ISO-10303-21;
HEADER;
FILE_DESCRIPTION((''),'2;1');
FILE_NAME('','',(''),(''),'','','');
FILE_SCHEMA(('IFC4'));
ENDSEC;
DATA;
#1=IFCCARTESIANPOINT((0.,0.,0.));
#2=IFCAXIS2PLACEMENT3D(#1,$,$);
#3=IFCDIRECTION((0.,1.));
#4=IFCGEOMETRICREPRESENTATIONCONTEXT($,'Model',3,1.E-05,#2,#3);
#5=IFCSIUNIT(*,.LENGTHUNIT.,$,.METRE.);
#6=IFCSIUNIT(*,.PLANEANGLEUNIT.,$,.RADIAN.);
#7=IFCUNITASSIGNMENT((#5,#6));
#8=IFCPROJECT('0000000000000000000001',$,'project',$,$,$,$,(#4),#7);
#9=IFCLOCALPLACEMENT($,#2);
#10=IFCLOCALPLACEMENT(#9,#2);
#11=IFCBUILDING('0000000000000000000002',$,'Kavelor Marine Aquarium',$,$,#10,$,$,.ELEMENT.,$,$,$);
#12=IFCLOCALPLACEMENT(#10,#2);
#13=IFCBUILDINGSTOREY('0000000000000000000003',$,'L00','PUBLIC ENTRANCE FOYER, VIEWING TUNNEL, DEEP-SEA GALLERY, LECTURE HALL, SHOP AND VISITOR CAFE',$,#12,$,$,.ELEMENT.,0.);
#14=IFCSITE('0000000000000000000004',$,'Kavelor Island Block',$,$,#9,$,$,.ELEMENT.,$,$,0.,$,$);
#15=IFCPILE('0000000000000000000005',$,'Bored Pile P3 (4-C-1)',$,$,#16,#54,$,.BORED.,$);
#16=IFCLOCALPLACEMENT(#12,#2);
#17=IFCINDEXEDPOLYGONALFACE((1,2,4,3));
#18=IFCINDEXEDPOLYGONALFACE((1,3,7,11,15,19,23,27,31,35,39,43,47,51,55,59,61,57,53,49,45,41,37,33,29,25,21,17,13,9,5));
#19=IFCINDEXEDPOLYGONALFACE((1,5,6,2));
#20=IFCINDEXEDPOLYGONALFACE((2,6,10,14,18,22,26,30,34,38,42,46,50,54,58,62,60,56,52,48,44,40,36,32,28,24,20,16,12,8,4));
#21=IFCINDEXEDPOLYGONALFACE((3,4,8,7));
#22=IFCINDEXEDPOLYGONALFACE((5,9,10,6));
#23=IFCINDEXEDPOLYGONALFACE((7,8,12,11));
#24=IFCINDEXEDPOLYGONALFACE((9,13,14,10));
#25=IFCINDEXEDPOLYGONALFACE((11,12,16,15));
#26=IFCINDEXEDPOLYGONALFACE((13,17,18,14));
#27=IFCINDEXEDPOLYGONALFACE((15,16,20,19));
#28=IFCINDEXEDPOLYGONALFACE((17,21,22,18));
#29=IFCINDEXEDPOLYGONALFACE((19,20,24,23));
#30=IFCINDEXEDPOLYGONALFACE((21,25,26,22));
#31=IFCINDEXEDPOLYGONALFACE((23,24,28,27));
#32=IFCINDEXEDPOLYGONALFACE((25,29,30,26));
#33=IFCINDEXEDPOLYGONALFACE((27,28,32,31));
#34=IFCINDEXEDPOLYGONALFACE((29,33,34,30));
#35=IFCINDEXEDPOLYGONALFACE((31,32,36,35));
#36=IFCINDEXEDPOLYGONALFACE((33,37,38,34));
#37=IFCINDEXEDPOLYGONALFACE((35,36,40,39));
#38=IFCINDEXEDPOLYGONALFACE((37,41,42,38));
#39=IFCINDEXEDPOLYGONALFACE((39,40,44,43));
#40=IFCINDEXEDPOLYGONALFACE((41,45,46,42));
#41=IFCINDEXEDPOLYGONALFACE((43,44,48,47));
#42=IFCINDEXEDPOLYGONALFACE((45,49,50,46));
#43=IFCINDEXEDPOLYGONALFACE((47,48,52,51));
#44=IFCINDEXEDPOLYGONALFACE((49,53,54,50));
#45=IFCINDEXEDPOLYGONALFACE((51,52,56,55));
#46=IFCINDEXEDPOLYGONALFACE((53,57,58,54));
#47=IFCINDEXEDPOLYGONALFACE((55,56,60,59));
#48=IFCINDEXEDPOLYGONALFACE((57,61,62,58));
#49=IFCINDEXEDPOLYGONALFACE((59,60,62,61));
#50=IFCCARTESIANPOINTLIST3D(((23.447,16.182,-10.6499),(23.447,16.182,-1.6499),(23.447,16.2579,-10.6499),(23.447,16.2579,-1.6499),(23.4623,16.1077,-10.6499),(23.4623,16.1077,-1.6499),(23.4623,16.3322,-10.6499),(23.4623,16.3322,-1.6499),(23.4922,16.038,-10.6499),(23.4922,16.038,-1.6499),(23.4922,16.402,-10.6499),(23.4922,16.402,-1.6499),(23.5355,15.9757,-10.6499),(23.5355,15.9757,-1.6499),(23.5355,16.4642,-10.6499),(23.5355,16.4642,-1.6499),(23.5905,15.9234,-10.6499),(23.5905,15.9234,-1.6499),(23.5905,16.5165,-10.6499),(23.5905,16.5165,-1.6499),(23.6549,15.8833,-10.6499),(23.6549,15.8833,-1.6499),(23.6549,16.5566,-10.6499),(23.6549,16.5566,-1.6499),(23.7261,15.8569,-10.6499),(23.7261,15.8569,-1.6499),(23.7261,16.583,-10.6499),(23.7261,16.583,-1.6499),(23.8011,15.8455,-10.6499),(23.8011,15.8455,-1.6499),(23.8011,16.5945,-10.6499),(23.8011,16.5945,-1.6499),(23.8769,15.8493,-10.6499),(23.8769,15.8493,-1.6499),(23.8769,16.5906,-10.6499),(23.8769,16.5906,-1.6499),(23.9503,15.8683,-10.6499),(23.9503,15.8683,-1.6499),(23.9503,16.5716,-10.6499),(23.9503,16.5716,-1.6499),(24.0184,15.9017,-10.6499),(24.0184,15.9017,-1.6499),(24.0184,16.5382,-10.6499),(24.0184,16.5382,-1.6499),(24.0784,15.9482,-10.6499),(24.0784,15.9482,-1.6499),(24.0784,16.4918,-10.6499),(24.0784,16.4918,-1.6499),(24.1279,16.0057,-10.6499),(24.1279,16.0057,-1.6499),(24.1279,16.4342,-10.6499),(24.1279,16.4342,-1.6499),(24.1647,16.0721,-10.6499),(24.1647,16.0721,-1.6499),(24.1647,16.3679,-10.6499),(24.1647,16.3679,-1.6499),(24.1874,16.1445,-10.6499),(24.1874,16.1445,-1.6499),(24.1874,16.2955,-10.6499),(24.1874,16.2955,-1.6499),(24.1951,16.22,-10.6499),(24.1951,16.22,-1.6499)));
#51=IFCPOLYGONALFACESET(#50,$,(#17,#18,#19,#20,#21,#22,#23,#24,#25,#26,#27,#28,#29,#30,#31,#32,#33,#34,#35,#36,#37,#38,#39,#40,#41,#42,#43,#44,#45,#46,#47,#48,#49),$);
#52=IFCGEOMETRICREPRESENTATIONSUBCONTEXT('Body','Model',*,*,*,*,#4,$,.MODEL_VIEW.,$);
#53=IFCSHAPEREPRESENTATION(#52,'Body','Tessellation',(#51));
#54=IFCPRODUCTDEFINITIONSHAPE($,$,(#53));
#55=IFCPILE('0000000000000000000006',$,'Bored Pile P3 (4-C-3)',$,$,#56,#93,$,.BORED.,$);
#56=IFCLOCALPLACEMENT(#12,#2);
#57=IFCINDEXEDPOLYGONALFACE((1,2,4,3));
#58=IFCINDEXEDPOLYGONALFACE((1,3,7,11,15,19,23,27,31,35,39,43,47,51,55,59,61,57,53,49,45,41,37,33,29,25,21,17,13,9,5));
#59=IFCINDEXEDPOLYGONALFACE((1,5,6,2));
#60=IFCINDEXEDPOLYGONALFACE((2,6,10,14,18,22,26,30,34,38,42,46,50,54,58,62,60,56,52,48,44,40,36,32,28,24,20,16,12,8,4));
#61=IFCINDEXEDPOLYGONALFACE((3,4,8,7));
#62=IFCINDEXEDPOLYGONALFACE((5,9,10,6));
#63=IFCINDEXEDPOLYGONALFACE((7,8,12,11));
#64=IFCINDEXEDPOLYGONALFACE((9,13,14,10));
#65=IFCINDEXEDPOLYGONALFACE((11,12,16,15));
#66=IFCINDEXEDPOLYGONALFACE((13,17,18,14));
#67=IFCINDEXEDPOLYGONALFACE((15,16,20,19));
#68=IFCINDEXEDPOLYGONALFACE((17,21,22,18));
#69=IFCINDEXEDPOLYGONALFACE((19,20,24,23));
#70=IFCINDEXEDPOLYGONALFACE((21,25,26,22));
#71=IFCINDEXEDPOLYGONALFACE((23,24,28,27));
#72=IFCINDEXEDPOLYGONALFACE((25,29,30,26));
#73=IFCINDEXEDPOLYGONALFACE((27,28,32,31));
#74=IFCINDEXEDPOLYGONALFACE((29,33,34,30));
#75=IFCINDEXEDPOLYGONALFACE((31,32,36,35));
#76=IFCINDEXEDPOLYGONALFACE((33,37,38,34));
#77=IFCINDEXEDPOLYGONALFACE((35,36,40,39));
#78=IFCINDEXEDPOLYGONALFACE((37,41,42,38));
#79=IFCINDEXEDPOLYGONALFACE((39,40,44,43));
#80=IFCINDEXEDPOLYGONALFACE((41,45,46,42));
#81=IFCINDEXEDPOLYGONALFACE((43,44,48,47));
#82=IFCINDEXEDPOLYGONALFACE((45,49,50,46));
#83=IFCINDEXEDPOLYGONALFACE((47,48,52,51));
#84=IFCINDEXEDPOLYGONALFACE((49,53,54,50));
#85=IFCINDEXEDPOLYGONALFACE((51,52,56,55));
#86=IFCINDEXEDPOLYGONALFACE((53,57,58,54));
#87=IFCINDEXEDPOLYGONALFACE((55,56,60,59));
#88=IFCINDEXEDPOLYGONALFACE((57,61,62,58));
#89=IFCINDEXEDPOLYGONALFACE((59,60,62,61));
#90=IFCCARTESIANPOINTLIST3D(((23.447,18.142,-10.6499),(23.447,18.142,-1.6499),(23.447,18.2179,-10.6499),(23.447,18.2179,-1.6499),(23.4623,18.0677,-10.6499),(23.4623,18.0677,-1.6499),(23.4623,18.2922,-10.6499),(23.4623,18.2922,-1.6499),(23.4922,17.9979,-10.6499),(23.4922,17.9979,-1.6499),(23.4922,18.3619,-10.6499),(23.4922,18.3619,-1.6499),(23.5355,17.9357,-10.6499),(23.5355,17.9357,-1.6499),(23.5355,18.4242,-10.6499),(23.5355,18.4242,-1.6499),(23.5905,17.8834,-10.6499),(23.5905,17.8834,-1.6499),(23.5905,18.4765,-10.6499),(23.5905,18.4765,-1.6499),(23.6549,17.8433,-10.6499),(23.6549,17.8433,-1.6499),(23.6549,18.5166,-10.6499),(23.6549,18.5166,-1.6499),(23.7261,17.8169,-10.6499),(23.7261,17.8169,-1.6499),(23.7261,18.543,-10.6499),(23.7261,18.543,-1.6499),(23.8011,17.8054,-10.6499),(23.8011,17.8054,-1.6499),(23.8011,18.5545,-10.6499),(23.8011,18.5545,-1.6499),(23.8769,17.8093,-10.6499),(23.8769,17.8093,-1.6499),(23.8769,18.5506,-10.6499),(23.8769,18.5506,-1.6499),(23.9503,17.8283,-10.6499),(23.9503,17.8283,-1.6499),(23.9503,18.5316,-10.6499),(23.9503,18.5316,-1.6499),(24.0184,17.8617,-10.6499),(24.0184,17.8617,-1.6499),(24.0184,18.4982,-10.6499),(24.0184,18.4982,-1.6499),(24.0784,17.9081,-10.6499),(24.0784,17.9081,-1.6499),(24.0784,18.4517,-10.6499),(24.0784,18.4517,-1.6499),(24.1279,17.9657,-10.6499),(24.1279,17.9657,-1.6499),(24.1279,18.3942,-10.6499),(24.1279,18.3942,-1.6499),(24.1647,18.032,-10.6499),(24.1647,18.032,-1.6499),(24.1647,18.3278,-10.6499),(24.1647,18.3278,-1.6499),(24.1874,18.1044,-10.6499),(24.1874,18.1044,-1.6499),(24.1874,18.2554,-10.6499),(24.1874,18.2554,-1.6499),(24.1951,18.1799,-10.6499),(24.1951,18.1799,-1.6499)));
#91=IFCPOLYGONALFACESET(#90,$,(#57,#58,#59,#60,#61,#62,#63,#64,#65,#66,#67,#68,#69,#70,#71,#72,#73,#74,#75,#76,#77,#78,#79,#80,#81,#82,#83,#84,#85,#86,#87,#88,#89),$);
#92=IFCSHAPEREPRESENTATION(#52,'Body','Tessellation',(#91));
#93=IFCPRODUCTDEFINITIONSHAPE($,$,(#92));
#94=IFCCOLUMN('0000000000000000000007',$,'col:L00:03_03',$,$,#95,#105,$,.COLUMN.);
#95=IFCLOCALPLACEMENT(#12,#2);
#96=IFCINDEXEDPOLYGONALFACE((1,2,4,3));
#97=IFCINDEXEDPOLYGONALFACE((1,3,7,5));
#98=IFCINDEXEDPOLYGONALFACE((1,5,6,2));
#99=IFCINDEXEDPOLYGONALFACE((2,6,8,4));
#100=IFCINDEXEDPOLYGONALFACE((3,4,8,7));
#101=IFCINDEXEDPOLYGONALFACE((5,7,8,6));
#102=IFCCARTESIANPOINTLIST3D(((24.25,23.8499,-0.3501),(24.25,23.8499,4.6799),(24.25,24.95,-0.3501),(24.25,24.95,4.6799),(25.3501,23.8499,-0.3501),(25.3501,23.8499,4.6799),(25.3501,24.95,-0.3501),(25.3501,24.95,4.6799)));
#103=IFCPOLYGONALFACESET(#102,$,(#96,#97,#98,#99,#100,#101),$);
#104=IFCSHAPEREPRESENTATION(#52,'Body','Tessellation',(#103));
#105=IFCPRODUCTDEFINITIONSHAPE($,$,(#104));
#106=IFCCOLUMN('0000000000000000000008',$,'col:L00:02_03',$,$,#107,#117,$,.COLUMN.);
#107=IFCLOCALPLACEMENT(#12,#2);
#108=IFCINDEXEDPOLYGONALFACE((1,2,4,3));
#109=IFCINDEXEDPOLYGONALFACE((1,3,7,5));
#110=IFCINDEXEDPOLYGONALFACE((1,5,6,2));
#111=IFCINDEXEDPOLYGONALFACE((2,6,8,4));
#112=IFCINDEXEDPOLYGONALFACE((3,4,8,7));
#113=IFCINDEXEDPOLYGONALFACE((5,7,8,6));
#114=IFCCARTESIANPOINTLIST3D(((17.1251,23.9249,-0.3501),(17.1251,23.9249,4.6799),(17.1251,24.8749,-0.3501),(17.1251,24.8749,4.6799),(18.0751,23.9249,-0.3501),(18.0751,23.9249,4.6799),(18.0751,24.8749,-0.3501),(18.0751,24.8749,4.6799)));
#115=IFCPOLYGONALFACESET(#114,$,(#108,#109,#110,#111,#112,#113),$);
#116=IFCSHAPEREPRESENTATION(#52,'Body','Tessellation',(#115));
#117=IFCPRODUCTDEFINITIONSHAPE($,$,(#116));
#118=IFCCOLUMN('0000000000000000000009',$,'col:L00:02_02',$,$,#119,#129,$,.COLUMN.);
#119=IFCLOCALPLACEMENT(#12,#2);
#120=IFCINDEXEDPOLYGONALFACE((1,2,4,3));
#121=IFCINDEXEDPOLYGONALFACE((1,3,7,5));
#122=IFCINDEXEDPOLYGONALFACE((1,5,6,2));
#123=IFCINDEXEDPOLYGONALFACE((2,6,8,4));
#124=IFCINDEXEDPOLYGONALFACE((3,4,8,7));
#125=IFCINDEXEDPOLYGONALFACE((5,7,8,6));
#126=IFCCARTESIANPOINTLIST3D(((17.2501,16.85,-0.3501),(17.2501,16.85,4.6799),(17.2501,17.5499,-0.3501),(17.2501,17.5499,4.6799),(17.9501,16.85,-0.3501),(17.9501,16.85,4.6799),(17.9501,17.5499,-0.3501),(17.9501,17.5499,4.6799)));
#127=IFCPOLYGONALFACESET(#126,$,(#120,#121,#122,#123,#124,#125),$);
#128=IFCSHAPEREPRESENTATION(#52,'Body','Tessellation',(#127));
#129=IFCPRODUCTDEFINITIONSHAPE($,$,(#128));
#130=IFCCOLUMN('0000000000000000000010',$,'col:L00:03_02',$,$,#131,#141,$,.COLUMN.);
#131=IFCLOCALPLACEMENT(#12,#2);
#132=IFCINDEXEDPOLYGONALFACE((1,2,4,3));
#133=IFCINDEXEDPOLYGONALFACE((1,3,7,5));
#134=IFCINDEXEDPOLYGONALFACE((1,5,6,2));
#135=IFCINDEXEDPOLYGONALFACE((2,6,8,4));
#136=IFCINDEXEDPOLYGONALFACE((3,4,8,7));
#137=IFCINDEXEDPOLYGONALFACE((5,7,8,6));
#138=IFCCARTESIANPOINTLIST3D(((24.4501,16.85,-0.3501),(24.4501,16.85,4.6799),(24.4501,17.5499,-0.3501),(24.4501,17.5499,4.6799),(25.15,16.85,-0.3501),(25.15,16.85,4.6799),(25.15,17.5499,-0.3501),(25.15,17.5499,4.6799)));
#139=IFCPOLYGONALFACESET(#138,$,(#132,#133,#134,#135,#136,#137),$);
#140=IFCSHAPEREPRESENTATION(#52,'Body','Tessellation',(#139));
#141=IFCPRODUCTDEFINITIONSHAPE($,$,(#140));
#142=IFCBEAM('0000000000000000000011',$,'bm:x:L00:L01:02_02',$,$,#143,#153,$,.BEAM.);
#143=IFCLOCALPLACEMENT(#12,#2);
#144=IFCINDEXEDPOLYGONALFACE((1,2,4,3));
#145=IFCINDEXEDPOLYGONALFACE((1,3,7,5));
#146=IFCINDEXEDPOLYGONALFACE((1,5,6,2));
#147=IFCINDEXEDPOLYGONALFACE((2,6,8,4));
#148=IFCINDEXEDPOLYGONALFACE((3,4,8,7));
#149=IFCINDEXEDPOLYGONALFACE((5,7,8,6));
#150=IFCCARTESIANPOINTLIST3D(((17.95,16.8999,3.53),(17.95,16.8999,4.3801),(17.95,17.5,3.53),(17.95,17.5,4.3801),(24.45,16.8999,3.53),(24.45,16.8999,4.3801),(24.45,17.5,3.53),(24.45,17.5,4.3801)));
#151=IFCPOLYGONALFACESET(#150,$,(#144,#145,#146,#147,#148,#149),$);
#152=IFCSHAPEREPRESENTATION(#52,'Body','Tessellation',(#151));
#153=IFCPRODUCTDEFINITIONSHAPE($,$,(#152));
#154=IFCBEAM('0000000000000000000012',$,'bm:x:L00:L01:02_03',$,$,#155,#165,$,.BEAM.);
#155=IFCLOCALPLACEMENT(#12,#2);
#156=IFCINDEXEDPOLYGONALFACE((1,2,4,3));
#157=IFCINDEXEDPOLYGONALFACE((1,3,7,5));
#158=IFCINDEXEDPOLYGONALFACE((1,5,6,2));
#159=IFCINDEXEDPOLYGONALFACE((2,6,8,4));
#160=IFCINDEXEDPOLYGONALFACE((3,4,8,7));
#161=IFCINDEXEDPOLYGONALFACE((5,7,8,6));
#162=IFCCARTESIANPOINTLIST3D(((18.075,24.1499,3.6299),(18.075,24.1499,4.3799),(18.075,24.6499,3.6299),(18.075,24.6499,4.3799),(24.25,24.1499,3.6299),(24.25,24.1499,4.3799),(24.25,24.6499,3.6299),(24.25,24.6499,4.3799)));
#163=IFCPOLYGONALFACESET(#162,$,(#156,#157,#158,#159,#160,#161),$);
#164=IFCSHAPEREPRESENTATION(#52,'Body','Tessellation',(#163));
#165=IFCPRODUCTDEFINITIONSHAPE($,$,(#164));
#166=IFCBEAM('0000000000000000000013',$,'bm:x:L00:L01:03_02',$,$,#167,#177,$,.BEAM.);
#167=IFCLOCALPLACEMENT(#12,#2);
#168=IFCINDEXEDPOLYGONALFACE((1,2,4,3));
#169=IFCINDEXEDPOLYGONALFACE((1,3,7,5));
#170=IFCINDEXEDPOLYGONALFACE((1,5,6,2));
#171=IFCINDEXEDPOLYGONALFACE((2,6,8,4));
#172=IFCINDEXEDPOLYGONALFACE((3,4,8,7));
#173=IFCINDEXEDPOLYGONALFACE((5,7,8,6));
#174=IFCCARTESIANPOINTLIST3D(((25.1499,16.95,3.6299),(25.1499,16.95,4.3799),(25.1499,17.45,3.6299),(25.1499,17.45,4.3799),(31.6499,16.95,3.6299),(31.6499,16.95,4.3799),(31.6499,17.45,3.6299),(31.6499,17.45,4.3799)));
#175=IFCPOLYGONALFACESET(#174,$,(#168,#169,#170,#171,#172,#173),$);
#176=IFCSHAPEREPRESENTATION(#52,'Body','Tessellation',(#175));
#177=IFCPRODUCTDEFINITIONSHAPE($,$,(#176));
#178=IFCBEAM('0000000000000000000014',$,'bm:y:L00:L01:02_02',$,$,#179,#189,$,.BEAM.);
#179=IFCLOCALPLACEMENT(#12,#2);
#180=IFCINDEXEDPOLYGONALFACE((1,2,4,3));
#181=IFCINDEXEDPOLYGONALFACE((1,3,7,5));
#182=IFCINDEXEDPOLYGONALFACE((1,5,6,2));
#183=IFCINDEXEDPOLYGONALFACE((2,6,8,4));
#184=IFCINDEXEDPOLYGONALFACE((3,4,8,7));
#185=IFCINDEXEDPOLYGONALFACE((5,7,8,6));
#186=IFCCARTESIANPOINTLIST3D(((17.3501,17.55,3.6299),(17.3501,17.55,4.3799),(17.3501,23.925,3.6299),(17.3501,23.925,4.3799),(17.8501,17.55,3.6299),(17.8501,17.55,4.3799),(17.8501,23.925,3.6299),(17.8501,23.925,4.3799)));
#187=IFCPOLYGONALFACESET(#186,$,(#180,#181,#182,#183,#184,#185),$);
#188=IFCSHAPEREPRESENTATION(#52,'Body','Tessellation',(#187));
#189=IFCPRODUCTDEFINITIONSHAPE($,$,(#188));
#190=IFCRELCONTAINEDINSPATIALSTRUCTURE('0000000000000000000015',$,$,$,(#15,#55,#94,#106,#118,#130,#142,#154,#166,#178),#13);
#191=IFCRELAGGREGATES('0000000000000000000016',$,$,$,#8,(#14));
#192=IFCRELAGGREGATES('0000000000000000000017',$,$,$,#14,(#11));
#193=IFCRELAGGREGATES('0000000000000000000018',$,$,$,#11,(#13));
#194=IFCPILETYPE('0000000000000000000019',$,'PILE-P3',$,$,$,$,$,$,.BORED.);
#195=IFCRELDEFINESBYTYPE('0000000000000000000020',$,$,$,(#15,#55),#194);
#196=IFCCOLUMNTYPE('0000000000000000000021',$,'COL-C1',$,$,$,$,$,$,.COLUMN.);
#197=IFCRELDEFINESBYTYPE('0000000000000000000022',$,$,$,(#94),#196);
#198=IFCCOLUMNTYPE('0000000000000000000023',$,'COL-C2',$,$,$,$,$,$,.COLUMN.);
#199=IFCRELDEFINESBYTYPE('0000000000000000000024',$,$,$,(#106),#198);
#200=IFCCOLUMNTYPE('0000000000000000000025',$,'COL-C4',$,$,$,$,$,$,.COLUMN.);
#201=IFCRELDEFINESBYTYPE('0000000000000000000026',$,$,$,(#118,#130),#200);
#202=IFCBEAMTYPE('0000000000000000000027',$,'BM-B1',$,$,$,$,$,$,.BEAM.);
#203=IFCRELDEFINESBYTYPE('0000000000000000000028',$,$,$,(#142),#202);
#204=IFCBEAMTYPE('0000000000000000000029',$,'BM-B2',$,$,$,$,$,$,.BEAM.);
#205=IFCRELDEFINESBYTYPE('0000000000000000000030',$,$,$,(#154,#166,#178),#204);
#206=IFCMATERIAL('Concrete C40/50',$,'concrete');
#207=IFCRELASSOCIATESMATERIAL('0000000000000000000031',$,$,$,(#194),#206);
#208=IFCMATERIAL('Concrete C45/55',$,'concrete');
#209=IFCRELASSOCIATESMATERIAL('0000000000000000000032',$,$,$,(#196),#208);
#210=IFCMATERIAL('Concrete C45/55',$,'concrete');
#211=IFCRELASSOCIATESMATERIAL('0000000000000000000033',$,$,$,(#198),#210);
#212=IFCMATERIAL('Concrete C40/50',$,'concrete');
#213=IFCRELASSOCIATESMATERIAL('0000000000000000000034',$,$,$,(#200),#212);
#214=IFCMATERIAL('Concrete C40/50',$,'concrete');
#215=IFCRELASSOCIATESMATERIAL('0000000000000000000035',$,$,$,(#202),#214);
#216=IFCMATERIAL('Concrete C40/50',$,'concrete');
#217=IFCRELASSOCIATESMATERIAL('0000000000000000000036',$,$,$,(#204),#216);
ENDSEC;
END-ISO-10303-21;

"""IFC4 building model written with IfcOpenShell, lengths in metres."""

from ifc_helpers import new_model, si_unit, direction, frame, origin, origin_2d, place, context, subcontext, project, spatial, rectangle, circle, extrude, material, material_profile, profile_set, type_object, element, save


model = new_model("IFC4")

# Units and contexts
model_context = context("Model", 3, precision=1e-05, world=origin(), true_north=direction((0.0, 1.0)))
body_context = subcontext(model_context, "Body", "Model", "MODEL_VIEW")
ifc_project = project(units=[si_unit("LENGTHUNIT", "METRE"), si_unit("PLANEANGLEUNIT", "RADIAN")], contexts=[model_context])

# Site, building, storey
site_placement = place(None, origin())
site = spatial("IfcSite", under=ifc_project, at=site_placement, Name="Kavelor Island Block", CompositionType="ELEMENT", RefElevation=0.0)
building_placement = place(site_placement, origin())
building = spatial("IfcBuilding", under=site, at=building_placement, Name="Kavelor Marine Aquarium", CompositionType="ELEMENT")
storey_placement = place(building_placement, origin())
storey = spatial("IfcBuildingStorey", under=building, at=storey_placement, Name="L00", Description="PUBLIC ENTRANCE FOYER, VIEWING TUNNEL, DEEP-SEA GALLERY, LECTURE HALL, SHOP AND VISITOR CAFE", CompositionType="ELEMENT", Elevation=0.0)

# Piles
ifc_material_1 = material(Name="Concrete C40/50", Category="concrete")
ifc_material_profile_1 = material_profile(ifc_material_1, circle(Radius=0.375, at=origin_2d()), Name="PILE D750")
ifc_profile_set_1 = profile_set([ifc_material_profile_1], Name="Concrete C40/50")
pile_type_1 = type_object("IfcPileType", Name="PILE-P3", PredefinedType="BORED", material=ifc_profile_set_1)
for number, where, z_axis, x_axis, name in (
    (1, (23.8201, 16.22, -1.6499), (0.0, 0.0, -1.0), (1.0, 0.0, 0.0), "Bored Pile P3 (4-C-1)"),
    (2, (23.8201, 18.1799, -1.6499), (0.0, 0.0, -1.0), (1.0, 0.0, 0.0), "Bored Pile P3 (4-C-3)"),
):
    element("IfcPile", number, at=place(storey_placement, frame(where, z_axis=z_axis, x_axis=x_axis)), inside=storey, type_object=pile_type_1, Name=name, PredefinedType="BORED", context=body_context, shape_type="SweptSolid", body=[
        extrude(circle(Radius=0.375, at=origin_2d()), origin(), (0.0, 0.0, 1.0), 9.0),
    ])

# Columns
ifc_material_2 = material(Name="Concrete C45/55", Category="concrete")
ifc_material_profile_2 = material_profile(ifc_material_2, rectangle(XDim=1.1001, YDim=1.1001, at=origin_2d()), Name="RC-COL 1100x1100")
ifc_profile_set_2 = profile_set([ifc_material_profile_2], Name="Concrete C45/55")
column_type_1 = type_object("IfcColumnType", Name="COL-C1", PredefinedType="COLUMN", material=ifc_profile_set_2)
column_1_placement = place(storey_placement, frame((24.8, 24.3999, -0.3501), z_axis=(0.0, 0.0, 1.0), x_axis=(1.0, 0.0, 0.0)))
element("IfcColumn", 3, at=column_1_placement, inside=storey, type_object=column_type_1, Name="col:L00:03_03", PredefinedType="COLUMN", context=body_context, shape_type="SweptSolid", body=[
    extrude(rectangle(XDim=1.1001, YDim=1.1001, at=origin_2d()), origin(), (0.0, 0.0, 1.0), 5.03),
])
ifc_material_3 = material(Name="Concrete C45/55", Category="concrete")
ifc_material_profile_3 = material_profile(ifc_material_3, rectangle(XDim=0.95, YDim=0.95, at=origin_2d()), Name="RC-COL 950x950")
ifc_profile_set_3 = profile_set([ifc_material_profile_3], Name="Concrete C45/55")
column_type_2 = type_object("IfcColumnType", Name="COL-C2", PredefinedType="COLUMN", material=ifc_profile_set_3)
column_2_placement = place(storey_placement, frame((17.6001, 24.3999, -0.3501), z_axis=(0.0, 0.0, 1.0), x_axis=(1.0, 0.0, 0.0)))
element("IfcColumn", 4, at=column_2_placement, inside=storey, type_object=column_type_2, Name="col:L00:02_03", PredefinedType="COLUMN", context=body_context, shape_type="SweptSolid", body=[
    extrude(rectangle(XDim=0.95, YDim=0.95, at=origin_2d()), origin(), (0.0, 0.0, 1.0), 5.03),
])
ifc_material_4 = material(Name="Concrete C40/50", Category="concrete")
ifc_material_profile_4 = material_profile(ifc_material_4, rectangle(XDim=0.7, YDim=0.7, at=origin_2d()), Name="RC-COL 700x700")
ifc_profile_set_4 = profile_set([ifc_material_profile_4], Name="Concrete C40/50")
column_type_3 = type_object("IfcColumnType", Name="COL-C4", PredefinedType="COLUMN", material=ifc_profile_set_4)
for number, where, z_axis, x_axis, name in (
    (5, (17.6001, 17.2, -0.3501), (0.0, 0.0, 1.0), (1.0, 0.0, 0.0), "col:L00:02_02"),
    (6, (24.8, 17.2, -0.3501), (0.0, 0.0, 1.0), (1.0, 0.0, 0.0), "col:L00:03_02"),
):
    element("IfcColumn", number, at=place(storey_placement, frame(where, z_axis=z_axis, x_axis=x_axis)), inside=storey, type_object=column_type_3, Name=name, PredefinedType="COLUMN", context=body_context, shape_type="SweptSolid", body=[
        extrude(rectangle(XDim=0.7, YDim=0.7, at=origin_2d()), origin(), (0.0, 0.0, 1.0), 5.03),
    ])

# Beams
ifc_material_5 = material(Name="Concrete C40/50", Category="concrete")
ifc_material_profile_5 = material_profile(ifc_material_5, rectangle(XDim=0.6001, YDim=0.8501, at=origin_2d()), Name="RC-BM 600x850")
ifc_profile_set_5 = profile_set([ifc_material_profile_5], Name="Concrete C40/50")
beam_type_1 = type_object("IfcBeamType", Name="BM-B1", PredefinedType="BEAM", material=ifc_profile_set_5)
beam_1_placement = place(storey_placement, frame((17.95, 17.2, 3.9551), z_axis=(1.0, 0.0, 0.0), x_axis=(0.0, 1.0, 0.0)))
element("IfcBeam", 7, at=beam_1_placement, inside=storey, type_object=beam_type_1, Name="bm:x:L00:L01:02_02", PredefinedType="BEAM", context=body_context, shape_type="SweptSolid", body=[
    extrude(rectangle(XDim=0.6001, YDim=0.8501, at=origin_2d()), origin(), (0.0, 0.0, 1.0), 6.5),
])
ifc_material_6 = material(Name="Concrete C40/50", Category="concrete")
ifc_material_profile_6 = material_profile(ifc_material_6, rectangle(XDim=0.5, YDim=0.75, at=origin_2d()), Name="RC-BM 500x750")
ifc_profile_set_6 = profile_set([ifc_material_profile_6], Name="Concrete C40/50")
beam_type_2 = type_object("IfcBeamType", Name="BM-B2", PredefinedType="BEAM", material=ifc_profile_set_6)
beam_2_placement = place(storey_placement, frame((18.075, 24.3999, 4.0049), z_axis=(1.0, 0.0, 0.0), x_axis=(0.0, 1.0, 0.0)))
element("IfcBeam", 8, at=beam_2_placement, inside=storey, type_object=beam_type_2, Name="bm:x:L00:L01:02_03", PredefinedType="BEAM", context=body_context, shape_type="SweptSolid", body=[
    extrude(rectangle(XDim=0.5, YDim=0.75, at=origin_2d()), origin(), (0.0, 0.0, 1.0), 6.175),
])
beam_3_placement = place(storey_placement, frame((25.1499, 17.2, 4.0049), z_axis=(1.0, 0.0, 0.0), x_axis=(0.0, 1.0, 0.0)))
element("IfcBeam", 9, at=beam_3_placement, inside=storey, type_object=beam_type_2, Name="bm:x:L00:L01:03_02", PredefinedType="BEAM", context=body_context, shape_type="SweptSolid", body=[
    extrude(rectangle(XDim=0.5, YDim=0.75, at=origin_2d()), origin(), (0.0, 0.0, 1.0), 6.5),
])
beam_4_placement = place(storey_placement, frame((17.6001, 17.55, 4.0049), z_axis=(0.0, 1.0, 0.0), x_axis=(-1.0, 0.0, 0.0)))
element("IfcBeam", 10, at=beam_4_placement, inside=storey, type_object=beam_type_2, Name="bm:y:L00:L01:02_02", PredefinedType="BEAM", context=body_context, shape_type="SweptSolid", body=[
    extrude(rectangle(XDim=0.5, YDim=0.75, at=origin_2d()), origin(), (0.0, 0.0, 1.0), 6.375),
])

save(model, "model.ifc")
